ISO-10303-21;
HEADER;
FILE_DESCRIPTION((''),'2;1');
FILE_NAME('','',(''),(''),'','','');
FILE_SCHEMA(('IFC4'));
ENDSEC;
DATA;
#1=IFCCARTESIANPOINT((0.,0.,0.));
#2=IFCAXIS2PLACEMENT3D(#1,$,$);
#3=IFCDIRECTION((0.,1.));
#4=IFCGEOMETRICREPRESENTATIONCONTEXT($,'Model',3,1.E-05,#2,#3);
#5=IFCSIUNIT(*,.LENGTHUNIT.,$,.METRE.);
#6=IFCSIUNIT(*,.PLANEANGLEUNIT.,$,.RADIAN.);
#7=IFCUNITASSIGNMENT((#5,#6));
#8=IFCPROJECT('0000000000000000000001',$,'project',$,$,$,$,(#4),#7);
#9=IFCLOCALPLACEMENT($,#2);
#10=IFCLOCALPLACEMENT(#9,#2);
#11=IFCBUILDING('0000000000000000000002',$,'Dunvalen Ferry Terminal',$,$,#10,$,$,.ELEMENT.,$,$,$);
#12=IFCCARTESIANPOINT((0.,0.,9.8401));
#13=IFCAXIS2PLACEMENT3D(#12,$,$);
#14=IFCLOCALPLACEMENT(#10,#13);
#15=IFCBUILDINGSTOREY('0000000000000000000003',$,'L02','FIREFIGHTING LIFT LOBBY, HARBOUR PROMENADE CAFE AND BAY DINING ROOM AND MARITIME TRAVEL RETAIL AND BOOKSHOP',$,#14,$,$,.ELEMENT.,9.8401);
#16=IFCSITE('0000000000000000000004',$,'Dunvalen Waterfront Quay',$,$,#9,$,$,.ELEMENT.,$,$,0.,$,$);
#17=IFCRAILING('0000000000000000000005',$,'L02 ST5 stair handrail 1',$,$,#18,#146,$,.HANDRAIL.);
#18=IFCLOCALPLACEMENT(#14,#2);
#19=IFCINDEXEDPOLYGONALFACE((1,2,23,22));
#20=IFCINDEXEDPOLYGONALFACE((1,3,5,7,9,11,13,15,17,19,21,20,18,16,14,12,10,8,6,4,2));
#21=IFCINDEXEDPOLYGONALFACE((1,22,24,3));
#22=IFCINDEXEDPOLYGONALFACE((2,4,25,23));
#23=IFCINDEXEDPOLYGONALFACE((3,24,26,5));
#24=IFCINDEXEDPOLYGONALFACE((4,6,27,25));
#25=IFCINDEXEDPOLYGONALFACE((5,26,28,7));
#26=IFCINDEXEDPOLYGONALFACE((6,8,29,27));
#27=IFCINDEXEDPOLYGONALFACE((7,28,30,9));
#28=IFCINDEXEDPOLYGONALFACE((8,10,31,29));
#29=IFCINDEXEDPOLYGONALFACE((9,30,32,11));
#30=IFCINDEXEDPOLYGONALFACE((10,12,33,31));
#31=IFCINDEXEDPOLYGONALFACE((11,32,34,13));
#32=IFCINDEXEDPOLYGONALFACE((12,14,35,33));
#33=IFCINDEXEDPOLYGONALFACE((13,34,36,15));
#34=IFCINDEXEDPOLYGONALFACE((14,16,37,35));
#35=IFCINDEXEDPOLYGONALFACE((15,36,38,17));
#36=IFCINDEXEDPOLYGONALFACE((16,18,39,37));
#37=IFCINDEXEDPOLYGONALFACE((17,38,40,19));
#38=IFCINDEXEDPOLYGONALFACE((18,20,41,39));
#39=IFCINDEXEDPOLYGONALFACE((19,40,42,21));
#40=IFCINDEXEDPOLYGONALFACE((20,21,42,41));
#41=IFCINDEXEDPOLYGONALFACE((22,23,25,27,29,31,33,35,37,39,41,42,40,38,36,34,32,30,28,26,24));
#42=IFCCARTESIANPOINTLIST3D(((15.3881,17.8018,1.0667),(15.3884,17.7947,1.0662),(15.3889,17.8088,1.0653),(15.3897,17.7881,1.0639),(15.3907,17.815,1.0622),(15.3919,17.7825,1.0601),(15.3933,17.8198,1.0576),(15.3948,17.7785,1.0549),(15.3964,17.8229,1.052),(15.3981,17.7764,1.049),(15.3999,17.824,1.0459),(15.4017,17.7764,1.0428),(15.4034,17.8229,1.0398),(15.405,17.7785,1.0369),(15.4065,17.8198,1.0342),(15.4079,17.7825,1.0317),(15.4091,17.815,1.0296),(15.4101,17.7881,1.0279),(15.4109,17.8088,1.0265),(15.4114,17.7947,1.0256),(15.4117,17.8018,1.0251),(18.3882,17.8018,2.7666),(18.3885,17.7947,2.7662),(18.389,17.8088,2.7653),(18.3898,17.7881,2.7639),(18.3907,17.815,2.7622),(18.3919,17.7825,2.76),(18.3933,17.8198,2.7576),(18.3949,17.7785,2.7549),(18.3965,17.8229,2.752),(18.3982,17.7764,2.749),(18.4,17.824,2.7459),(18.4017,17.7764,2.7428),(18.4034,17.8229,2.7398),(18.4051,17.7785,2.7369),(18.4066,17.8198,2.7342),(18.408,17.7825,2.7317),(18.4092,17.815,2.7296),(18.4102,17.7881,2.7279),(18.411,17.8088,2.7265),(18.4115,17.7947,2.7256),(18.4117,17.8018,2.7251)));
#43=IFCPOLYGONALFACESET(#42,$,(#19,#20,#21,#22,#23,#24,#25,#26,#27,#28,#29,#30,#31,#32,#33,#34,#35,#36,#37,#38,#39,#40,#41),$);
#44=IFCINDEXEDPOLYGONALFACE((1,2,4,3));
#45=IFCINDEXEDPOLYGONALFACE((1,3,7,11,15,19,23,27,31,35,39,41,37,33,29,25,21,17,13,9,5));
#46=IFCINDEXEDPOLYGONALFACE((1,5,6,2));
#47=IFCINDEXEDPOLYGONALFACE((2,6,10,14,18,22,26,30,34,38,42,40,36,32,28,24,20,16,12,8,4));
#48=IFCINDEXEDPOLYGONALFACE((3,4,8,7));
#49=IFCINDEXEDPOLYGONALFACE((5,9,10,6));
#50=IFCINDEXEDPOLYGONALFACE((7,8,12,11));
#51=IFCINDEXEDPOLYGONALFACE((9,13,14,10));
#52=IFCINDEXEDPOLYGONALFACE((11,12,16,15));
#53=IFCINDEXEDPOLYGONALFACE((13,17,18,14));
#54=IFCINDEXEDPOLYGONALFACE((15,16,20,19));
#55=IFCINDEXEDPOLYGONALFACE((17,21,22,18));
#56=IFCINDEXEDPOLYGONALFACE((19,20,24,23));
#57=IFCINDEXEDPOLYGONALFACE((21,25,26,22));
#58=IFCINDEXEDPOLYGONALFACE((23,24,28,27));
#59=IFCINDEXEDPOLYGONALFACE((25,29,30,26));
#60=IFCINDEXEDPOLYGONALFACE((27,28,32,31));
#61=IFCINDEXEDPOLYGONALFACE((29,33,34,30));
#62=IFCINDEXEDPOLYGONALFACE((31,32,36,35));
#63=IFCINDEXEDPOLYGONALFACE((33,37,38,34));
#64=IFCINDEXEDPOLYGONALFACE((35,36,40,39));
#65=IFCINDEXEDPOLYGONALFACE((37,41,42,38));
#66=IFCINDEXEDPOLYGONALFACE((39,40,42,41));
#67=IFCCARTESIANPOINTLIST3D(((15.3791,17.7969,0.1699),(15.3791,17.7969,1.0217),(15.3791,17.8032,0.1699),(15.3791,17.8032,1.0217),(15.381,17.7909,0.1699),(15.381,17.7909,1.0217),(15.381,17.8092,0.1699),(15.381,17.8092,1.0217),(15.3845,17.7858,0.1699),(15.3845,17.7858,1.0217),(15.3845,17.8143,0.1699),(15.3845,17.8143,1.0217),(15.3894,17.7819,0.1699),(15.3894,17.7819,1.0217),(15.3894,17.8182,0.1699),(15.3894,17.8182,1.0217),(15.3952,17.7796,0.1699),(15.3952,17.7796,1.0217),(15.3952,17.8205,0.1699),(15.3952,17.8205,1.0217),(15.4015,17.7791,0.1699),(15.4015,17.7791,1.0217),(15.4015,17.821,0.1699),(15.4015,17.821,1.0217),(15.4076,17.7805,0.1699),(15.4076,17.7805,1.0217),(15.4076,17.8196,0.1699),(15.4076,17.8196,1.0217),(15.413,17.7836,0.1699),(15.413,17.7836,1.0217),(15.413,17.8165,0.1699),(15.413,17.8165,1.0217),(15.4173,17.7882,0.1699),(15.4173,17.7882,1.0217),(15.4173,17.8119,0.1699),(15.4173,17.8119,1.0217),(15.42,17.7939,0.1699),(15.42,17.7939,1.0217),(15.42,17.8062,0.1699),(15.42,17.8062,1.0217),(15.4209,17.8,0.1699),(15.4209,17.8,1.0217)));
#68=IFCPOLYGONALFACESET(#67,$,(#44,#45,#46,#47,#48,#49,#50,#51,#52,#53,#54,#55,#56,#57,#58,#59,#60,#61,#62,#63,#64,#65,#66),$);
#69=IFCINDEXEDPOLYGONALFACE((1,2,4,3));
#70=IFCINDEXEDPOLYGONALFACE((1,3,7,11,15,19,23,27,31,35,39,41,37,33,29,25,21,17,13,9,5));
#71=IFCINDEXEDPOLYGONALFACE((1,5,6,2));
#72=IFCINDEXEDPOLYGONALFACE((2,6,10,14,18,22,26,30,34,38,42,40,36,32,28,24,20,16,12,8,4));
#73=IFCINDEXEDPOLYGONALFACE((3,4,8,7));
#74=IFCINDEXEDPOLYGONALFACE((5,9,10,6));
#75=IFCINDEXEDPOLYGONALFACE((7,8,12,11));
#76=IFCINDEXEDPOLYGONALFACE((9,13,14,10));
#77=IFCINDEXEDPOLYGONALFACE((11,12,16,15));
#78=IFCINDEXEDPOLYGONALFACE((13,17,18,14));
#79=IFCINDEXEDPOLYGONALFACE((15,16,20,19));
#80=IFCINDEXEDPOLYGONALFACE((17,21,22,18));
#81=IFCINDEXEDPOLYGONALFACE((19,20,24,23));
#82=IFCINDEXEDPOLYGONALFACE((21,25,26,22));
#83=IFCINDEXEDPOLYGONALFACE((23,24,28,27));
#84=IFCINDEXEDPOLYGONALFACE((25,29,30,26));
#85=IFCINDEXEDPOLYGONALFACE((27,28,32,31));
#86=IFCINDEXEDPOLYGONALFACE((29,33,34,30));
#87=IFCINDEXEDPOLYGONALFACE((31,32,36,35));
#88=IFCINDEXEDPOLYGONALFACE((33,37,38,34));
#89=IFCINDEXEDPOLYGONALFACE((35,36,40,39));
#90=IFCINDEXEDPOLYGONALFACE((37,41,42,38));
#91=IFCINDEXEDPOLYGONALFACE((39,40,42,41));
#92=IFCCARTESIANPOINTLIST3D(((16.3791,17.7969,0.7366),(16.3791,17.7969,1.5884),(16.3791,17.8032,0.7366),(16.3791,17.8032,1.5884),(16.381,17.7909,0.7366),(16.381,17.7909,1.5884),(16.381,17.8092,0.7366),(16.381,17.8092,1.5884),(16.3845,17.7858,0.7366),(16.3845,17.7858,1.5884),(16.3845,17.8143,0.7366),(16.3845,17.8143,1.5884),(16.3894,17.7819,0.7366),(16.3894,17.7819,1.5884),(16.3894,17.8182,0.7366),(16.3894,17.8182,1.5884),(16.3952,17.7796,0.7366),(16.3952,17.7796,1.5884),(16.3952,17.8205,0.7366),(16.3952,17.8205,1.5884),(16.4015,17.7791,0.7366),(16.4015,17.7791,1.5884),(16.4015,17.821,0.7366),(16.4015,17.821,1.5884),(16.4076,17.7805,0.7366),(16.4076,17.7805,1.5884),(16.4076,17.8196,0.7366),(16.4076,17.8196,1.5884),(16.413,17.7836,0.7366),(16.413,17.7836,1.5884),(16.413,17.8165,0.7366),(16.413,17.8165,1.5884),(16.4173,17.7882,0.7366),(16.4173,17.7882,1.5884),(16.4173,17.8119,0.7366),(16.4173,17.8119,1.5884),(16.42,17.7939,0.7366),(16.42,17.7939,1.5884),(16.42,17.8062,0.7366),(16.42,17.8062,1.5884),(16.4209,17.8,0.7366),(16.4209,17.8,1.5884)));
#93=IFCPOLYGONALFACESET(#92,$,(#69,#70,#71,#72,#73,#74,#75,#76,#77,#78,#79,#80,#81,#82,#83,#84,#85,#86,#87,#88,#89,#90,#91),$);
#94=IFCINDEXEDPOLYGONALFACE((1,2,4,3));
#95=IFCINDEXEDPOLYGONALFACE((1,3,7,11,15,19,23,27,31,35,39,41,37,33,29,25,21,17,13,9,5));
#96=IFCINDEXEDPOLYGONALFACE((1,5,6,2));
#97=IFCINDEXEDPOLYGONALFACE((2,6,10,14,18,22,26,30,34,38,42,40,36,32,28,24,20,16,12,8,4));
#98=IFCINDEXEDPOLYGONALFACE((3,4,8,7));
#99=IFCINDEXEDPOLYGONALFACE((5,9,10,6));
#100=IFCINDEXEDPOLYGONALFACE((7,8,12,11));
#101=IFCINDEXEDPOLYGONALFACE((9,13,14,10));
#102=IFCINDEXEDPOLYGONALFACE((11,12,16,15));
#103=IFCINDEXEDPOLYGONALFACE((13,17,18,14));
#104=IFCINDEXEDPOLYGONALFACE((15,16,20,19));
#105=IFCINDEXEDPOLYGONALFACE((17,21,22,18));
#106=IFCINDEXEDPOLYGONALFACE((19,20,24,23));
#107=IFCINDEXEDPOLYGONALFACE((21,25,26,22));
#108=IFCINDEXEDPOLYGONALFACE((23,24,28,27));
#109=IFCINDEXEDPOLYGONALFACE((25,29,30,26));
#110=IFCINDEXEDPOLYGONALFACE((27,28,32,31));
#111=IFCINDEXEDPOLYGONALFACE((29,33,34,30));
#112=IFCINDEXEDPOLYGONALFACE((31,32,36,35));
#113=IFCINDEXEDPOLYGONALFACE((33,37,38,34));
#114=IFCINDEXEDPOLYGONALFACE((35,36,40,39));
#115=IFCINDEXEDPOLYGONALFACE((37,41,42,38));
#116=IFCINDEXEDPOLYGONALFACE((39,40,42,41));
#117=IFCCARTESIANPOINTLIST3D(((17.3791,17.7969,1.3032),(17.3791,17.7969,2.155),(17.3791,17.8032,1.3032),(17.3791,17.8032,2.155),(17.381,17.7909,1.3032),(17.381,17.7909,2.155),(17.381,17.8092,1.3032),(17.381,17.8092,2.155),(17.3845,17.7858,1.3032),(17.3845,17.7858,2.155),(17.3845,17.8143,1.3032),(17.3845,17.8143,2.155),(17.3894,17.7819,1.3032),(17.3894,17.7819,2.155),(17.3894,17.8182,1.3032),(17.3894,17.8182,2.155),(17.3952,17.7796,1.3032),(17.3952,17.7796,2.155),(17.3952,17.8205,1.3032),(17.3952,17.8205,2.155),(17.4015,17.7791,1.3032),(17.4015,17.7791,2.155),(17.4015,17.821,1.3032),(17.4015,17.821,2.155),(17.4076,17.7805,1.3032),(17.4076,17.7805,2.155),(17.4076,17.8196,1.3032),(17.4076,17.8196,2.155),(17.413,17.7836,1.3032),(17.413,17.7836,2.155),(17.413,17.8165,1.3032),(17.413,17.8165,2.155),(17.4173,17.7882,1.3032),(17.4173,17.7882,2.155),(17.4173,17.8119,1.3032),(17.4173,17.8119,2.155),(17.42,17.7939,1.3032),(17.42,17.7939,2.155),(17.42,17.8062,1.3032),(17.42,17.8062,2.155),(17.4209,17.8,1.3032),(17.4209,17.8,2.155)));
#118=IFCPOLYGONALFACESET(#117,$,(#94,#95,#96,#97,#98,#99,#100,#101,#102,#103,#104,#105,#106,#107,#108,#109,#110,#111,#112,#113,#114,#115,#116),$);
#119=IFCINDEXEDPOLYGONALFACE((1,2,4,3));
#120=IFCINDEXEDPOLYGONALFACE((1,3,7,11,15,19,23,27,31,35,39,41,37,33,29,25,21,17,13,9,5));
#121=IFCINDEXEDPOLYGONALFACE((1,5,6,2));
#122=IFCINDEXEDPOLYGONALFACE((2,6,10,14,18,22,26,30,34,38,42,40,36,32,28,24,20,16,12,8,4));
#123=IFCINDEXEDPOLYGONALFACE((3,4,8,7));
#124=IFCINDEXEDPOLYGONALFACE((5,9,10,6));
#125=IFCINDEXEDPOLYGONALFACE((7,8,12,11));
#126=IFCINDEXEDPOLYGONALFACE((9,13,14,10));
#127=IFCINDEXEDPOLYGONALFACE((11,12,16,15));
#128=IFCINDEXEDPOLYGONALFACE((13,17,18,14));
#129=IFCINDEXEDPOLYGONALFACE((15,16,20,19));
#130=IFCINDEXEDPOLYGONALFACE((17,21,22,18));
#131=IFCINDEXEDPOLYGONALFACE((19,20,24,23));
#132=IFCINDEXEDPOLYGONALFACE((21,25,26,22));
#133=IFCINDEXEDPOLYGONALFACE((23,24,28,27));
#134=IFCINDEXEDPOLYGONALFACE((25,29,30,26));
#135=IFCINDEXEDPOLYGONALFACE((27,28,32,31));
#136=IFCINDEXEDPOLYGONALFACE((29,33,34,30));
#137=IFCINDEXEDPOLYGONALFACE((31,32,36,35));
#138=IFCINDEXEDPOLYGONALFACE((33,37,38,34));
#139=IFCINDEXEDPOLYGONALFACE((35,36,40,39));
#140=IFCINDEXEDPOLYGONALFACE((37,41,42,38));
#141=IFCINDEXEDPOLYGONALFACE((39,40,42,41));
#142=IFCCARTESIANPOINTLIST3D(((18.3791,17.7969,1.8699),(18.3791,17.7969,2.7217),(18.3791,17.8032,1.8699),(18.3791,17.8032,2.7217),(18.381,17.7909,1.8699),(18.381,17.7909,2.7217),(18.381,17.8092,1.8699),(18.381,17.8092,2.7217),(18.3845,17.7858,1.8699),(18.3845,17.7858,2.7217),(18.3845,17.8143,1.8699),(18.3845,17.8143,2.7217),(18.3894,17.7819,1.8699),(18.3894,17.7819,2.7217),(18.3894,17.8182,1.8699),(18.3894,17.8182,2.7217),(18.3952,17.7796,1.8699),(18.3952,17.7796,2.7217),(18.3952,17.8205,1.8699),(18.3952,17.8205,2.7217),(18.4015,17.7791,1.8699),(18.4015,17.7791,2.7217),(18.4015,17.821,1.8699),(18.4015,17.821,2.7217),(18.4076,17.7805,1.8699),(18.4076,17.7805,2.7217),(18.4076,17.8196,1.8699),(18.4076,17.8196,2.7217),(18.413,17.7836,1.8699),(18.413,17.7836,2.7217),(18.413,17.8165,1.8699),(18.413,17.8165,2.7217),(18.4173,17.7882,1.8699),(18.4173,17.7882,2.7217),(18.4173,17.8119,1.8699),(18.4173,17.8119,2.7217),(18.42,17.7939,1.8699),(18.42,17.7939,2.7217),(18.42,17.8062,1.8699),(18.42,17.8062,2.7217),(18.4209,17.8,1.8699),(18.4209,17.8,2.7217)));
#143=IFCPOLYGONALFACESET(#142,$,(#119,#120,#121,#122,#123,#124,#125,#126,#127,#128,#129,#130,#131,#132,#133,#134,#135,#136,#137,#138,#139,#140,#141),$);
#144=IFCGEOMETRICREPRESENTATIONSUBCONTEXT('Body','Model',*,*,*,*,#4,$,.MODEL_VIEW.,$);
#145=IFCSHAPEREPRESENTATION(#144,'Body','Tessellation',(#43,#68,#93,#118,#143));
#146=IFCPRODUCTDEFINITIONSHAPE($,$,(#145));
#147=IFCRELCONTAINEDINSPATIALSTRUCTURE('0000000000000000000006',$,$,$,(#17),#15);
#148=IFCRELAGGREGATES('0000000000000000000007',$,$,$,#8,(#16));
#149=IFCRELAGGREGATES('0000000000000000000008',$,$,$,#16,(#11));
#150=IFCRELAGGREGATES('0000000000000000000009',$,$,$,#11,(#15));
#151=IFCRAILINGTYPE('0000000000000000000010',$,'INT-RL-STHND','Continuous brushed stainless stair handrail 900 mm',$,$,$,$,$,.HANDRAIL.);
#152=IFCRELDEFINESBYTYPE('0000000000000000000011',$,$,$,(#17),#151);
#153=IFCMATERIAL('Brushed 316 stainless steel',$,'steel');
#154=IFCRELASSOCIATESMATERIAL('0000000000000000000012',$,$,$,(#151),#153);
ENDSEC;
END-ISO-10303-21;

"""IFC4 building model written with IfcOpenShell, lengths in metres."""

from ifc_helpers import new_model, si_unit, direction, frame, origin, origin_2d, place, context, subcontext, project, spatial, circle, extrude, material, type_object, element, save


model = new_model("IFC4")

# Units and contexts
model_context = context("Model", 3, precision=1e-05, world=origin(), true_north=direction((0.0, 1.0)))
body_context = subcontext(model_context, "Body", "Model", "MODEL_VIEW")
ifc_project = project(units=[si_unit("LENGTHUNIT", "METRE"), si_unit("PLANEANGLEUNIT", "RADIAN")], contexts=[model_context])

# Site, building, storey
site_placement = place(None, origin())
site = spatial("IfcSite", under=ifc_project, at=site_placement, Name="Dunvalen Waterfront Quay", CompositionType="ELEMENT", RefElevation=0.0)
building_placement = place(site_placement, origin())
building = spatial("IfcBuilding", under=site, at=building_placement, Name="Dunvalen Ferry Terminal", CompositionType="ELEMENT")
storey_placement = place(building_placement, frame((0.0, 0.0, 9.8401)))
storey = spatial("IfcBuildingStorey", under=building, at=storey_placement, Name="L02", Description="FIREFIGHTING LIFT LOBBY, HARBOUR PROMENADE CAFE AND BAY DINING ROOM AND MARITIME TRAVEL RETAIL AND BOOKSHOP", CompositionType="ELEMENT", Elevation=9.8401)

# Railing
ifc_material_1 = material(Name="Brushed 316 stainless steel", Category="steel")
railing_type_1 = type_object("IfcRailingType", Name="INT-RL-STHND", Description="Continuous brushed stainless stair handrail 900 mm", PredefinedType="HANDRAIL", material=ifc_material_1)
for number, where, name in (
    (1, (15.3999, 17.8, 0.1699), "L02 ST5 stair handrail 1"),
):
    element("IfcRailing", number, at=place(storey_placement, frame(where)), inside=storey, type_object=railing_type_1, Name=name, PredefinedType="HANDRAIL", context=body_context, shape_type="SweptSolid", body=[
        extrude(circle(Radius=0.0239, at=origin_2d()), frame((0.0, 0.0, 0.876), z_axis=(0.870028, 0.0, 0.493002), x_axis=(0.0, 1.0, 0.0)), (0.0, 0.0, 1.0), 3.4482),
        extrude(circle(Radius=0.021, at=origin_2d()), origin(), (0.0, 0.0, 1.0), 0.8518),
        extrude(circle(Radius=0.021, at=origin_2d()), frame((1.0, 0.0, 0.5667)), (0.0, 0.0, 1.0), 0.8518),
        extrude(circle(Radius=0.021, at=origin_2d()), frame((2.0, 0.0, 1.1333)), (0.0, 0.0, 1.0), 0.8518),
        extrude(circle(Radius=0.021, at=origin_2d()), frame((3.0, 0.0, 1.7)), (0.0, 0.0, 1.0), 0.8518),
    ])

save(model, "model.ifc")
